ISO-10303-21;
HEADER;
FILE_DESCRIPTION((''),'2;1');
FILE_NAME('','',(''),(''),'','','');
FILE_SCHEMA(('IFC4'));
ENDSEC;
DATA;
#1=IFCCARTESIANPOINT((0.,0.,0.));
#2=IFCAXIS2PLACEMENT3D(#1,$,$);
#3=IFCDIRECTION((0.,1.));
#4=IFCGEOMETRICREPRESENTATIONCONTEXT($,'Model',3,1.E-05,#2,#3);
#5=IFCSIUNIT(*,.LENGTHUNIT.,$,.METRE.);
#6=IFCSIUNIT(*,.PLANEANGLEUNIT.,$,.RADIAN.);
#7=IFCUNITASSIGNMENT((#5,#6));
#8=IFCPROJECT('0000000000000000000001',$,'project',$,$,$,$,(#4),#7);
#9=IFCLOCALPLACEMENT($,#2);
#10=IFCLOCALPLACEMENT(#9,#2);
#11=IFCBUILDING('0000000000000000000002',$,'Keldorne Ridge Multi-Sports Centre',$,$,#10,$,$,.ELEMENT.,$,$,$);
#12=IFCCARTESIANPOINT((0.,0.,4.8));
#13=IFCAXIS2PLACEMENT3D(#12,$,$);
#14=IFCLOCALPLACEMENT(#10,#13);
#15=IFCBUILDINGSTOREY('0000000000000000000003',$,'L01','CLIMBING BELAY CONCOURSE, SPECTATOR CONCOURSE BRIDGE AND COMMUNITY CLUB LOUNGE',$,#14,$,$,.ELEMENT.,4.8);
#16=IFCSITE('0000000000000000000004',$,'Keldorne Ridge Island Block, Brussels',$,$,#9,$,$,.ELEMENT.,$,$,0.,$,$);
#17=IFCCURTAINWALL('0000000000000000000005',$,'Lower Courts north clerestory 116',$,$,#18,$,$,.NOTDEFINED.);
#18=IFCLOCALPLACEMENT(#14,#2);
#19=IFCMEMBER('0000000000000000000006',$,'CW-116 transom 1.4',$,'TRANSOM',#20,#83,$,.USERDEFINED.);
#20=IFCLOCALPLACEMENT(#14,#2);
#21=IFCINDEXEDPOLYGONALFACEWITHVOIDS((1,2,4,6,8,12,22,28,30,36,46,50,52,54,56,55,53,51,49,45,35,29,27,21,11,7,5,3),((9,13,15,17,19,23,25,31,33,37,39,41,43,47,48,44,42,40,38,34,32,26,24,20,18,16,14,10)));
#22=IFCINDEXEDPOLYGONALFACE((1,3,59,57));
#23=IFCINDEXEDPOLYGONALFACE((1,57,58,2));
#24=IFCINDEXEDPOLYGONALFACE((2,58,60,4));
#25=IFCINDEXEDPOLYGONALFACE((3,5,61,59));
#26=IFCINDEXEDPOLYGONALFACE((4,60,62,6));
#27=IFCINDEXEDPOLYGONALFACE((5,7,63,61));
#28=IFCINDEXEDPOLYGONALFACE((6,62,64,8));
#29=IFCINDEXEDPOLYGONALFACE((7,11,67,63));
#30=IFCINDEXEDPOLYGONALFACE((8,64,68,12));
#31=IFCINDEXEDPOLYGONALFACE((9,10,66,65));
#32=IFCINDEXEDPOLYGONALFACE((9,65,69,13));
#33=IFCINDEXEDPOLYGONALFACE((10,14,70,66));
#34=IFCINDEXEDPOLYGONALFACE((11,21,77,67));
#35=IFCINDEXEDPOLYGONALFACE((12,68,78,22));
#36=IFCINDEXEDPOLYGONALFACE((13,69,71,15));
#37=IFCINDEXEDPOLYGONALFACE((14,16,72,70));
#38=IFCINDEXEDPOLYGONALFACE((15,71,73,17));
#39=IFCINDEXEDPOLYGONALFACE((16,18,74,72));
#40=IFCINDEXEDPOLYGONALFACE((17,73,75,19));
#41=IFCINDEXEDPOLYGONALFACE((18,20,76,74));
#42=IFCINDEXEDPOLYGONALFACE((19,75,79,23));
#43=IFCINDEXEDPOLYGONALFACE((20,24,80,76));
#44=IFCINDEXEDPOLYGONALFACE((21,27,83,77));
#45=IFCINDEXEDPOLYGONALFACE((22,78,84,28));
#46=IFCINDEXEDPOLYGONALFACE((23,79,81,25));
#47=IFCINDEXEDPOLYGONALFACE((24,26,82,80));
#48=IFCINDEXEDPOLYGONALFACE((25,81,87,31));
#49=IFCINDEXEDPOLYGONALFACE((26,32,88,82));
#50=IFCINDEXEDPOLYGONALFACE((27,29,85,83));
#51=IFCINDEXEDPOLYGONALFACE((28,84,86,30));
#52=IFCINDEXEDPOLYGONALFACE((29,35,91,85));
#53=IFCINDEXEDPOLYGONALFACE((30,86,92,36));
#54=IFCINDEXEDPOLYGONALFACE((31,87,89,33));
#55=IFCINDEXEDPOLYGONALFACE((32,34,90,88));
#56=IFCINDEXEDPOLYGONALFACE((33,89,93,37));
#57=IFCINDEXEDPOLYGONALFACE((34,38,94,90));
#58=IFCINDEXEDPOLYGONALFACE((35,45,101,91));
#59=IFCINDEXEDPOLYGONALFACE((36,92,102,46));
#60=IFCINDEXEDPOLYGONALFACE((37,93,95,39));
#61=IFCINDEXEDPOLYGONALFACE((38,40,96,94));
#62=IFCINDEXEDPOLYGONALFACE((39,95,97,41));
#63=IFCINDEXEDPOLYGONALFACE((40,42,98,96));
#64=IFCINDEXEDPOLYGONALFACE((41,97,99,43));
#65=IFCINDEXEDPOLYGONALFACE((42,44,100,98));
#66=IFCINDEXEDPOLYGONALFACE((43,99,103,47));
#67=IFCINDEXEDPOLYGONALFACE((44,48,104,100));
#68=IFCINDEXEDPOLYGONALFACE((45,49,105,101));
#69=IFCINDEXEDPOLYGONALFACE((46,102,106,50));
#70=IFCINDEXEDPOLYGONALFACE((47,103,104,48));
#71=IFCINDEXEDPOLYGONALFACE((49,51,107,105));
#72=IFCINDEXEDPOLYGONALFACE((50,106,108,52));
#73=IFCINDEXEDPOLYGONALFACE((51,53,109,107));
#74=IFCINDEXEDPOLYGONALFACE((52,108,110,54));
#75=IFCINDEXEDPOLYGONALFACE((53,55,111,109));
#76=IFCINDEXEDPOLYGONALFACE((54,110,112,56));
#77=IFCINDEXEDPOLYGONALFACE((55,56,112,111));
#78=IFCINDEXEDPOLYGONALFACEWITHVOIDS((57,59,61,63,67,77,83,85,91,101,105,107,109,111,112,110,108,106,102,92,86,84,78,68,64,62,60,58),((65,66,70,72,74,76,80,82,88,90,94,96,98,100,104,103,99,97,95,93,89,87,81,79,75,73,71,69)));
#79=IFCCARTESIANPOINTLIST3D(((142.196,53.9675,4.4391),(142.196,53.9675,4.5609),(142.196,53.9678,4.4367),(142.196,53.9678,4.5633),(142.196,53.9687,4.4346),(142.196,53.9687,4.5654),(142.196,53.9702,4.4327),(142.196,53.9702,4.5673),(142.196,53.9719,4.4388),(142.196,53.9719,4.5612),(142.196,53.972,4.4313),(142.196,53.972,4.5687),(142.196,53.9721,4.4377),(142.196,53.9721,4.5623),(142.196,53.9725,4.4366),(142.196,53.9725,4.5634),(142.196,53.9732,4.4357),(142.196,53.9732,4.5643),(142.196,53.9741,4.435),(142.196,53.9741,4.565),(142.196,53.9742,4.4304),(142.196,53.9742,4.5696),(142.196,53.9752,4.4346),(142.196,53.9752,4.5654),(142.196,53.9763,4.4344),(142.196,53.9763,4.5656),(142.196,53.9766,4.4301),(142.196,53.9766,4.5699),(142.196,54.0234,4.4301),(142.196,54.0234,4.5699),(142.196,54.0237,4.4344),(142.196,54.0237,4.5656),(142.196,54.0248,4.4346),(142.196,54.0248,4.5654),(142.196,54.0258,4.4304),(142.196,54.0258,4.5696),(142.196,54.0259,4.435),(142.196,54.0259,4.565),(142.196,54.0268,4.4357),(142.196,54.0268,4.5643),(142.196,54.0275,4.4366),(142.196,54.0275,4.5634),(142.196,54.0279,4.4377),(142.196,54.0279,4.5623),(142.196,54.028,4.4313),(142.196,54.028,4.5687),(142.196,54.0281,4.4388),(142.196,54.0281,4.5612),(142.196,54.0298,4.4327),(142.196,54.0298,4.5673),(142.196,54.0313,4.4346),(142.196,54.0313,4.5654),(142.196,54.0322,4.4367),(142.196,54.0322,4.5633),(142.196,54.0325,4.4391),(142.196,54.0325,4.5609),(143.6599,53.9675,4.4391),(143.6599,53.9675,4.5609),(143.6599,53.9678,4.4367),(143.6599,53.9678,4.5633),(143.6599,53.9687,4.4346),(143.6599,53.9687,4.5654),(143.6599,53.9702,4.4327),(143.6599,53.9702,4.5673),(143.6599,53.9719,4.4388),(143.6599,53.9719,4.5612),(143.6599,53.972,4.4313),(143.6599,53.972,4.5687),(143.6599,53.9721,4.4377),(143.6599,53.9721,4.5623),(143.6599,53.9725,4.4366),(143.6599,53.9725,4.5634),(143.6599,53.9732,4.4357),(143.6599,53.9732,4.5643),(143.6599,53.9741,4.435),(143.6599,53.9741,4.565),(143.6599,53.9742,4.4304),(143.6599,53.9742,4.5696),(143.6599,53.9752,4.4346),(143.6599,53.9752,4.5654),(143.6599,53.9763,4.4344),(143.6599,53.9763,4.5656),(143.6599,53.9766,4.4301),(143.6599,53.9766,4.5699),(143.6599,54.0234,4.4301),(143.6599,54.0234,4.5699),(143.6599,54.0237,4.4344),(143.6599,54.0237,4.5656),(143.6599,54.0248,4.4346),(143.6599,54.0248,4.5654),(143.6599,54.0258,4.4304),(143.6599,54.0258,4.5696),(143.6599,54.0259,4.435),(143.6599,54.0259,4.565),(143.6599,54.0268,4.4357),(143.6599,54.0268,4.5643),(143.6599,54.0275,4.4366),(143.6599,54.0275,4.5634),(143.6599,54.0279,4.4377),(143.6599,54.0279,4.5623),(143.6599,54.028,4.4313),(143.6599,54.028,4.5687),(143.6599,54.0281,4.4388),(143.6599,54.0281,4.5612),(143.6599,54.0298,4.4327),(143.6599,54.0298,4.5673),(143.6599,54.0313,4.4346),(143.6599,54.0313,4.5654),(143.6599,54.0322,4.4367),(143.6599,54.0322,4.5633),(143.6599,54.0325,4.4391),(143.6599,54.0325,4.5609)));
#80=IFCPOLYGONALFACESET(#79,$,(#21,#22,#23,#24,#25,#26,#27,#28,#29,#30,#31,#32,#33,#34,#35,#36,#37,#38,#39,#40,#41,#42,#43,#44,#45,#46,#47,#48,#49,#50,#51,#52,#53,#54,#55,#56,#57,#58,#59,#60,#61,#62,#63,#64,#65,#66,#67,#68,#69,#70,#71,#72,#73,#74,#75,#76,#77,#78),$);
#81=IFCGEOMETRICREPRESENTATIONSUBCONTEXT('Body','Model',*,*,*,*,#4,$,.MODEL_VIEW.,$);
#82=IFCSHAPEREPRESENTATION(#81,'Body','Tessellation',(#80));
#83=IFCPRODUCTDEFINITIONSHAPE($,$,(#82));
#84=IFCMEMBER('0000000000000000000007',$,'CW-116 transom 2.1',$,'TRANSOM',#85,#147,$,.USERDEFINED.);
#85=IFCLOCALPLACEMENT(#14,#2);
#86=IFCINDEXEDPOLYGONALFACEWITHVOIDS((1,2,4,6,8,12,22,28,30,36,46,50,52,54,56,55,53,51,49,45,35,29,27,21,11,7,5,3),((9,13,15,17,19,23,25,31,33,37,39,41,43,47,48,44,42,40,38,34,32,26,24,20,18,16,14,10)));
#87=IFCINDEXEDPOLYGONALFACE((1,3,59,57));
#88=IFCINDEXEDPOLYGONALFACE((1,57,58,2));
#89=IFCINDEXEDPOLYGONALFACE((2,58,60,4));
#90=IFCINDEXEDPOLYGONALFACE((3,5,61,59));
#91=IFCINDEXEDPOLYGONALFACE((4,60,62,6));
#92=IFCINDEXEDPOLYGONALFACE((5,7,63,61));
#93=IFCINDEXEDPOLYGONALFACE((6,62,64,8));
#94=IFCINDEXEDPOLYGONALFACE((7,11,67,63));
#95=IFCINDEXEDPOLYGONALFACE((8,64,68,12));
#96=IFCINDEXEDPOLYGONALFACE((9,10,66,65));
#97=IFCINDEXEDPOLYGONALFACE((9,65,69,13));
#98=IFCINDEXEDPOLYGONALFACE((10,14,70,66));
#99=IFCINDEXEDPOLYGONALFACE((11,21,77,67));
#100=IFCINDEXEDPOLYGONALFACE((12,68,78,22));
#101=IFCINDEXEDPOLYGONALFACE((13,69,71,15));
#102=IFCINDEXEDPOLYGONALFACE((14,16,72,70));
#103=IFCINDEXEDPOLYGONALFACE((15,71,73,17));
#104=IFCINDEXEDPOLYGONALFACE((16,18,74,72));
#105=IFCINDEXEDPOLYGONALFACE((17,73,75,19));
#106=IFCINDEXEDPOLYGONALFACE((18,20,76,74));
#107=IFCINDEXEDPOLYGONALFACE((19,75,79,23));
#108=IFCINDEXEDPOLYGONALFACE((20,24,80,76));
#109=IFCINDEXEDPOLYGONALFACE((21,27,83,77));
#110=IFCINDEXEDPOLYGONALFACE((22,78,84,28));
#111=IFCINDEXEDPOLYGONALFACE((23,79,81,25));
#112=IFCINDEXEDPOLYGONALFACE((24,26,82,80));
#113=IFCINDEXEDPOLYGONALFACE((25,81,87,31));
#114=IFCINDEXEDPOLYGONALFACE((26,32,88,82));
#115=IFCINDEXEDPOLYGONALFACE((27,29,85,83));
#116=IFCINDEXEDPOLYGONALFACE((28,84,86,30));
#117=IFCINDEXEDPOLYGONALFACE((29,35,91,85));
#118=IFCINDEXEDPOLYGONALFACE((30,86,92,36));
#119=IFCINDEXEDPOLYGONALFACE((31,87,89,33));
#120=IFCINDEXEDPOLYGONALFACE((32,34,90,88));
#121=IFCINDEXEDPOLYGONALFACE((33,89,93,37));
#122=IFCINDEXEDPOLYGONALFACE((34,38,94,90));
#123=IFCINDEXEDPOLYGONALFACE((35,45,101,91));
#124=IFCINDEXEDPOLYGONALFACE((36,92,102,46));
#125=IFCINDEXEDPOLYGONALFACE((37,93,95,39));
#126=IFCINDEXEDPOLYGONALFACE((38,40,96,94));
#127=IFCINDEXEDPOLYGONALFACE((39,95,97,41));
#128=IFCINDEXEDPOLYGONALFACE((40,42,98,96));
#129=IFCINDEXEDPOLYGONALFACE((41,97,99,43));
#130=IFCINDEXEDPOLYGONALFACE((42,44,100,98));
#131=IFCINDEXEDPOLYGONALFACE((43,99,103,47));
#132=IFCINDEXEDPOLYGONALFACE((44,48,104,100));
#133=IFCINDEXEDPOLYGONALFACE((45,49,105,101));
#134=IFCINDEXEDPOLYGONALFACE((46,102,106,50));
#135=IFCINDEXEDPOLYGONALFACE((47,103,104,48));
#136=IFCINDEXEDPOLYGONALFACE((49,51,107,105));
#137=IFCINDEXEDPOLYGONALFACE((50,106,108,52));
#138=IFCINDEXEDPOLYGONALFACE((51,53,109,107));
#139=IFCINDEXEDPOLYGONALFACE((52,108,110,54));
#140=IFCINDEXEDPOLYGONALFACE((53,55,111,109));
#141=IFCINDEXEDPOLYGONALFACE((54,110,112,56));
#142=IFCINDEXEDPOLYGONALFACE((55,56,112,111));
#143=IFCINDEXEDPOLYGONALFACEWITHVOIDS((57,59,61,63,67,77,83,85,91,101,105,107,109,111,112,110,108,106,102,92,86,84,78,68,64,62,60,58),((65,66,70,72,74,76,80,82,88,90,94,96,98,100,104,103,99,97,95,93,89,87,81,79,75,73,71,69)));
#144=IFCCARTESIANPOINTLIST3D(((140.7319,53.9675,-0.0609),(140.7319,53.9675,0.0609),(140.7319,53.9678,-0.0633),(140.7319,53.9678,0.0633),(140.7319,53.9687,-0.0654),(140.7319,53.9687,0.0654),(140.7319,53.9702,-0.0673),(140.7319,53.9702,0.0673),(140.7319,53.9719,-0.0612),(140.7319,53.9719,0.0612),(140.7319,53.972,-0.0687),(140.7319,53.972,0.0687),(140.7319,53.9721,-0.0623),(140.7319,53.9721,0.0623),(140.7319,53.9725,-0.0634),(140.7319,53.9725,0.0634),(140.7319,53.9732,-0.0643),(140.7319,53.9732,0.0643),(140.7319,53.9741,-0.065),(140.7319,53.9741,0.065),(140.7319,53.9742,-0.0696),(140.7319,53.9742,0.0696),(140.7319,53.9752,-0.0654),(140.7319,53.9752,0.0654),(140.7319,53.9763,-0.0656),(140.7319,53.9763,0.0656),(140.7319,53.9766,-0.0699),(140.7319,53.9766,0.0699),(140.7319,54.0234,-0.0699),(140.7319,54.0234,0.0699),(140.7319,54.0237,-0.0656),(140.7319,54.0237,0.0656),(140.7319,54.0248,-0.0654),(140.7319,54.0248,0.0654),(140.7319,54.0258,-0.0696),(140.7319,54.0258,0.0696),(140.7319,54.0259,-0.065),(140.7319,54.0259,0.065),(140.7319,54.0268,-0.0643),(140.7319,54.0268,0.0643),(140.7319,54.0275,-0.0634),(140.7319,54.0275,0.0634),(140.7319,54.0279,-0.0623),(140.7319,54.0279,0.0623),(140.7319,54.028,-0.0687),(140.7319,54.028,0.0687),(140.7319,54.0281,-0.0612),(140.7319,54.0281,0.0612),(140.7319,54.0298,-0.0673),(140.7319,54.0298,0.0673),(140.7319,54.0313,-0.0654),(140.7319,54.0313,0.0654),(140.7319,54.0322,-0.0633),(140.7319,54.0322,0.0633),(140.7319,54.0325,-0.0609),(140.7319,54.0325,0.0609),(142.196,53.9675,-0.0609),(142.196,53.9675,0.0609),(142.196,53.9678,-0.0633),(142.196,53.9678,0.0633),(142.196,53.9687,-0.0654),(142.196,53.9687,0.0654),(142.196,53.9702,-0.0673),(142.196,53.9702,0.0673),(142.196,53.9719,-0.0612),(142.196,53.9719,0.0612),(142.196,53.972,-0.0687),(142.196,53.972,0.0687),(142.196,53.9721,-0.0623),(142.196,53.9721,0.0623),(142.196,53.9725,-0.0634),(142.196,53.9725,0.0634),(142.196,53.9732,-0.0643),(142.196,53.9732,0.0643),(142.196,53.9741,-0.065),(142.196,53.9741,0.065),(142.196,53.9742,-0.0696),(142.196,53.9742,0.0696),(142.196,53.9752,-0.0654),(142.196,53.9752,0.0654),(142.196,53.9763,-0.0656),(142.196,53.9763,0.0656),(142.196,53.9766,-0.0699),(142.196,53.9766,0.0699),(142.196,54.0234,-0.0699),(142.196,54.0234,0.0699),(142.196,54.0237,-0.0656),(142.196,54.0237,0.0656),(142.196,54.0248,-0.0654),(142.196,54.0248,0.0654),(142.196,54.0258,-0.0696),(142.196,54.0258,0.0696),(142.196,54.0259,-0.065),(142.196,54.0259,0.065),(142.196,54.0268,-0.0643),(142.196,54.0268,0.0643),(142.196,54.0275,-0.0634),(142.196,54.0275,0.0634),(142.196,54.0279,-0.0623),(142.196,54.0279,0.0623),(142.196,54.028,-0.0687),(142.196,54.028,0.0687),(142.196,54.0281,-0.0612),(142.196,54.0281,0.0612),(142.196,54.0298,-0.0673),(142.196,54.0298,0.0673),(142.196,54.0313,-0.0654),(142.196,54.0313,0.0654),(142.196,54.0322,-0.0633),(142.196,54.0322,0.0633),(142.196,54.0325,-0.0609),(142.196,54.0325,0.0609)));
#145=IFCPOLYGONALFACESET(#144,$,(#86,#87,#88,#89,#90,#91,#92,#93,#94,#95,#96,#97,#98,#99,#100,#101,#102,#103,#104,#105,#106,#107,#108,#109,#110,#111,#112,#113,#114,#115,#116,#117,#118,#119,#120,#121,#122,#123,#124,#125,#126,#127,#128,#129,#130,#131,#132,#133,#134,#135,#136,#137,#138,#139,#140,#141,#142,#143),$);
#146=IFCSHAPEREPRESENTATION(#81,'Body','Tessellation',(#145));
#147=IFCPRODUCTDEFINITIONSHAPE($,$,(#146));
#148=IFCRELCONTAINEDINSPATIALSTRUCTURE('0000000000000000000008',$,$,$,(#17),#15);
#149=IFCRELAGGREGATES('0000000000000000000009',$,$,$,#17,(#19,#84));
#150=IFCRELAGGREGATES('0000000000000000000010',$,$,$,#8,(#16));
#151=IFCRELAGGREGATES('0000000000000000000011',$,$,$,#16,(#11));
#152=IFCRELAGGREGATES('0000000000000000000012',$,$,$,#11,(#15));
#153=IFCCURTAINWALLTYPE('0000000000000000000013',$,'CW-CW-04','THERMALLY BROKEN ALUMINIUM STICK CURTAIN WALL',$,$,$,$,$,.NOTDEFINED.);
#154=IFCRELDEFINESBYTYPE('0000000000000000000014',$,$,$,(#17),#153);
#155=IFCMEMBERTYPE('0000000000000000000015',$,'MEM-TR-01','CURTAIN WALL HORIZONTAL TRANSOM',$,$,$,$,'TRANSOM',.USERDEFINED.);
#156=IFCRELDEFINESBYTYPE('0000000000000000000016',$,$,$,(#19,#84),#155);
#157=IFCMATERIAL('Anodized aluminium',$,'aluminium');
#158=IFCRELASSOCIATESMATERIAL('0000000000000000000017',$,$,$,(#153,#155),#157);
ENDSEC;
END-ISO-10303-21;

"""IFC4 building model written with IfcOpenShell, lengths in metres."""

from ifc_helpers import new_model, si_unit, direction, frame, origin, origin_2d, place, context, subcontext, project, spatial, hollow_rectangle, extrude, material, material_profile, profile_set, type_object, element, aggregate, save


model = new_model("IFC4")

# Units and contexts
model_context = context("Model", 3, precision=1e-05, world=origin(), true_north=direction((0.0, 1.0)))
body_context = subcontext(model_context, "Body", "Model", "MODEL_VIEW")
ifc_project = project(units=[si_unit("LENGTHUNIT", "METRE"), si_unit("PLANEANGLEUNIT", "RADIAN")], contexts=[model_context])

# Site, building, storey
site_placement = place(None, origin())
site = spatial("IfcSite", under=ifc_project, at=site_placement, Name="Keldorne Ridge Island Block, Brussels", CompositionType="ELEMENT", RefElevation=0.0)
building_placement = place(site_placement, origin())
building = spatial("IfcBuilding", under=site, at=building_placement, Name="Keldorne Ridge Multi-Sports Centre", CompositionType="ELEMENT")
storey_placement = place(building_placement, frame((0.0, 0.0, 4.8)))
storey = spatial("IfcBuildingStorey", under=building, at=storey_placement, Name="L01", Description="CLIMBING BELAY CONCOURSE, SPECTATOR CONCOURSE BRIDGE AND COMMUNITY CLUB LOUNGE", CompositionType="ELEMENT", Elevation=4.8)

# Curtain wall
ifc_material_1 = material(Name="Anodized aluminium", Category="aluminium")
curtain_wall_type_1 = type_object("IfcCurtainWallType", Name="CW-CW-04", Description="THERMALLY BROKEN ALUMINIUM STICK CURTAIN WALL", PredefinedType="NOTDEFINED", material=ifc_material_1)
curtain_wall_1_placement = place(storey_placement, origin())
curtain_wall_1 = element("IfcCurtainWall", 1, at=curtain_wall_1_placement, inside=storey, type_object=curtain_wall_type_1, Name="Lower Courts north clerestory 116", PredefinedType="NOTDEFINED")

# Members
ifc_material_profile_1 = material_profile(ifc_material_1, hollow_rectangle(XDim=0.0649, YDim=0.1399, WallThickness=0.0044, InnerFilletRadius=0.0044, OuterFilletRadius=0.009, at=origin_2d()), Name="ALU TRANSOM 140x65x4.5")
ifc_profile_set_1 = profile_set([ifc_material_profile_1], Name="Anodized aluminium")
member_type_1 = type_object("IfcMemberType", Name="MEM-TR-01", Description="CURTAIN WALL HORIZONTAL TRANSOM", ElementType="TRANSOM", PredefinedType="USERDEFINED", material=ifc_profile_set_1)
member_1_placement = place(storey_placement, frame((143.6599, 54.0, 4.5), z_axis=(-1.0, 0.0, 0.0), x_axis=(0.0, -1.0, 0.0)))
member_1 = element("IfcMember", 2, at=member_1_placement, type_object=member_type_1, Name="CW-116 transom 1.4", ObjectType="TRANSOM", PredefinedType="USERDEFINED", context=body_context, shape_type="SweptSolid", body=[
    extrude(hollow_rectangle(XDim=0.0649, YDim=0.1399, WallThickness=0.0044, InnerFilletRadius=0.0044, OuterFilletRadius=0.009, at=origin_2d()), origin(), (0.0, 0.0, 1.0), 1.4639),
])
member_2_placement = place(storey_placement, frame((142.196, 54.0, 0.0), z_axis=(-1.0, 0.0, 0.0), x_axis=(0.0, -1.0, 0.0)))
member_2 = element("IfcMember", 3, at=member_2_placement, type_object=member_type_1, Name="CW-116 transom 2.1", ObjectType="TRANSOM", PredefinedType="USERDEFINED", context=body_context, shape_type="SweptSolid", body=[
    extrude(hollow_rectangle(XDim=0.0649, YDim=0.1399, WallThickness=0.0044, InnerFilletRadius=0.0044, OuterFilletRadius=0.009, at=origin_2d()), origin(), (0.0, 0.0, 1.0), 1.4641),
])

aggregate(curtain_wall_1, [member_1, member_2])

save(model, "model.ifc")
